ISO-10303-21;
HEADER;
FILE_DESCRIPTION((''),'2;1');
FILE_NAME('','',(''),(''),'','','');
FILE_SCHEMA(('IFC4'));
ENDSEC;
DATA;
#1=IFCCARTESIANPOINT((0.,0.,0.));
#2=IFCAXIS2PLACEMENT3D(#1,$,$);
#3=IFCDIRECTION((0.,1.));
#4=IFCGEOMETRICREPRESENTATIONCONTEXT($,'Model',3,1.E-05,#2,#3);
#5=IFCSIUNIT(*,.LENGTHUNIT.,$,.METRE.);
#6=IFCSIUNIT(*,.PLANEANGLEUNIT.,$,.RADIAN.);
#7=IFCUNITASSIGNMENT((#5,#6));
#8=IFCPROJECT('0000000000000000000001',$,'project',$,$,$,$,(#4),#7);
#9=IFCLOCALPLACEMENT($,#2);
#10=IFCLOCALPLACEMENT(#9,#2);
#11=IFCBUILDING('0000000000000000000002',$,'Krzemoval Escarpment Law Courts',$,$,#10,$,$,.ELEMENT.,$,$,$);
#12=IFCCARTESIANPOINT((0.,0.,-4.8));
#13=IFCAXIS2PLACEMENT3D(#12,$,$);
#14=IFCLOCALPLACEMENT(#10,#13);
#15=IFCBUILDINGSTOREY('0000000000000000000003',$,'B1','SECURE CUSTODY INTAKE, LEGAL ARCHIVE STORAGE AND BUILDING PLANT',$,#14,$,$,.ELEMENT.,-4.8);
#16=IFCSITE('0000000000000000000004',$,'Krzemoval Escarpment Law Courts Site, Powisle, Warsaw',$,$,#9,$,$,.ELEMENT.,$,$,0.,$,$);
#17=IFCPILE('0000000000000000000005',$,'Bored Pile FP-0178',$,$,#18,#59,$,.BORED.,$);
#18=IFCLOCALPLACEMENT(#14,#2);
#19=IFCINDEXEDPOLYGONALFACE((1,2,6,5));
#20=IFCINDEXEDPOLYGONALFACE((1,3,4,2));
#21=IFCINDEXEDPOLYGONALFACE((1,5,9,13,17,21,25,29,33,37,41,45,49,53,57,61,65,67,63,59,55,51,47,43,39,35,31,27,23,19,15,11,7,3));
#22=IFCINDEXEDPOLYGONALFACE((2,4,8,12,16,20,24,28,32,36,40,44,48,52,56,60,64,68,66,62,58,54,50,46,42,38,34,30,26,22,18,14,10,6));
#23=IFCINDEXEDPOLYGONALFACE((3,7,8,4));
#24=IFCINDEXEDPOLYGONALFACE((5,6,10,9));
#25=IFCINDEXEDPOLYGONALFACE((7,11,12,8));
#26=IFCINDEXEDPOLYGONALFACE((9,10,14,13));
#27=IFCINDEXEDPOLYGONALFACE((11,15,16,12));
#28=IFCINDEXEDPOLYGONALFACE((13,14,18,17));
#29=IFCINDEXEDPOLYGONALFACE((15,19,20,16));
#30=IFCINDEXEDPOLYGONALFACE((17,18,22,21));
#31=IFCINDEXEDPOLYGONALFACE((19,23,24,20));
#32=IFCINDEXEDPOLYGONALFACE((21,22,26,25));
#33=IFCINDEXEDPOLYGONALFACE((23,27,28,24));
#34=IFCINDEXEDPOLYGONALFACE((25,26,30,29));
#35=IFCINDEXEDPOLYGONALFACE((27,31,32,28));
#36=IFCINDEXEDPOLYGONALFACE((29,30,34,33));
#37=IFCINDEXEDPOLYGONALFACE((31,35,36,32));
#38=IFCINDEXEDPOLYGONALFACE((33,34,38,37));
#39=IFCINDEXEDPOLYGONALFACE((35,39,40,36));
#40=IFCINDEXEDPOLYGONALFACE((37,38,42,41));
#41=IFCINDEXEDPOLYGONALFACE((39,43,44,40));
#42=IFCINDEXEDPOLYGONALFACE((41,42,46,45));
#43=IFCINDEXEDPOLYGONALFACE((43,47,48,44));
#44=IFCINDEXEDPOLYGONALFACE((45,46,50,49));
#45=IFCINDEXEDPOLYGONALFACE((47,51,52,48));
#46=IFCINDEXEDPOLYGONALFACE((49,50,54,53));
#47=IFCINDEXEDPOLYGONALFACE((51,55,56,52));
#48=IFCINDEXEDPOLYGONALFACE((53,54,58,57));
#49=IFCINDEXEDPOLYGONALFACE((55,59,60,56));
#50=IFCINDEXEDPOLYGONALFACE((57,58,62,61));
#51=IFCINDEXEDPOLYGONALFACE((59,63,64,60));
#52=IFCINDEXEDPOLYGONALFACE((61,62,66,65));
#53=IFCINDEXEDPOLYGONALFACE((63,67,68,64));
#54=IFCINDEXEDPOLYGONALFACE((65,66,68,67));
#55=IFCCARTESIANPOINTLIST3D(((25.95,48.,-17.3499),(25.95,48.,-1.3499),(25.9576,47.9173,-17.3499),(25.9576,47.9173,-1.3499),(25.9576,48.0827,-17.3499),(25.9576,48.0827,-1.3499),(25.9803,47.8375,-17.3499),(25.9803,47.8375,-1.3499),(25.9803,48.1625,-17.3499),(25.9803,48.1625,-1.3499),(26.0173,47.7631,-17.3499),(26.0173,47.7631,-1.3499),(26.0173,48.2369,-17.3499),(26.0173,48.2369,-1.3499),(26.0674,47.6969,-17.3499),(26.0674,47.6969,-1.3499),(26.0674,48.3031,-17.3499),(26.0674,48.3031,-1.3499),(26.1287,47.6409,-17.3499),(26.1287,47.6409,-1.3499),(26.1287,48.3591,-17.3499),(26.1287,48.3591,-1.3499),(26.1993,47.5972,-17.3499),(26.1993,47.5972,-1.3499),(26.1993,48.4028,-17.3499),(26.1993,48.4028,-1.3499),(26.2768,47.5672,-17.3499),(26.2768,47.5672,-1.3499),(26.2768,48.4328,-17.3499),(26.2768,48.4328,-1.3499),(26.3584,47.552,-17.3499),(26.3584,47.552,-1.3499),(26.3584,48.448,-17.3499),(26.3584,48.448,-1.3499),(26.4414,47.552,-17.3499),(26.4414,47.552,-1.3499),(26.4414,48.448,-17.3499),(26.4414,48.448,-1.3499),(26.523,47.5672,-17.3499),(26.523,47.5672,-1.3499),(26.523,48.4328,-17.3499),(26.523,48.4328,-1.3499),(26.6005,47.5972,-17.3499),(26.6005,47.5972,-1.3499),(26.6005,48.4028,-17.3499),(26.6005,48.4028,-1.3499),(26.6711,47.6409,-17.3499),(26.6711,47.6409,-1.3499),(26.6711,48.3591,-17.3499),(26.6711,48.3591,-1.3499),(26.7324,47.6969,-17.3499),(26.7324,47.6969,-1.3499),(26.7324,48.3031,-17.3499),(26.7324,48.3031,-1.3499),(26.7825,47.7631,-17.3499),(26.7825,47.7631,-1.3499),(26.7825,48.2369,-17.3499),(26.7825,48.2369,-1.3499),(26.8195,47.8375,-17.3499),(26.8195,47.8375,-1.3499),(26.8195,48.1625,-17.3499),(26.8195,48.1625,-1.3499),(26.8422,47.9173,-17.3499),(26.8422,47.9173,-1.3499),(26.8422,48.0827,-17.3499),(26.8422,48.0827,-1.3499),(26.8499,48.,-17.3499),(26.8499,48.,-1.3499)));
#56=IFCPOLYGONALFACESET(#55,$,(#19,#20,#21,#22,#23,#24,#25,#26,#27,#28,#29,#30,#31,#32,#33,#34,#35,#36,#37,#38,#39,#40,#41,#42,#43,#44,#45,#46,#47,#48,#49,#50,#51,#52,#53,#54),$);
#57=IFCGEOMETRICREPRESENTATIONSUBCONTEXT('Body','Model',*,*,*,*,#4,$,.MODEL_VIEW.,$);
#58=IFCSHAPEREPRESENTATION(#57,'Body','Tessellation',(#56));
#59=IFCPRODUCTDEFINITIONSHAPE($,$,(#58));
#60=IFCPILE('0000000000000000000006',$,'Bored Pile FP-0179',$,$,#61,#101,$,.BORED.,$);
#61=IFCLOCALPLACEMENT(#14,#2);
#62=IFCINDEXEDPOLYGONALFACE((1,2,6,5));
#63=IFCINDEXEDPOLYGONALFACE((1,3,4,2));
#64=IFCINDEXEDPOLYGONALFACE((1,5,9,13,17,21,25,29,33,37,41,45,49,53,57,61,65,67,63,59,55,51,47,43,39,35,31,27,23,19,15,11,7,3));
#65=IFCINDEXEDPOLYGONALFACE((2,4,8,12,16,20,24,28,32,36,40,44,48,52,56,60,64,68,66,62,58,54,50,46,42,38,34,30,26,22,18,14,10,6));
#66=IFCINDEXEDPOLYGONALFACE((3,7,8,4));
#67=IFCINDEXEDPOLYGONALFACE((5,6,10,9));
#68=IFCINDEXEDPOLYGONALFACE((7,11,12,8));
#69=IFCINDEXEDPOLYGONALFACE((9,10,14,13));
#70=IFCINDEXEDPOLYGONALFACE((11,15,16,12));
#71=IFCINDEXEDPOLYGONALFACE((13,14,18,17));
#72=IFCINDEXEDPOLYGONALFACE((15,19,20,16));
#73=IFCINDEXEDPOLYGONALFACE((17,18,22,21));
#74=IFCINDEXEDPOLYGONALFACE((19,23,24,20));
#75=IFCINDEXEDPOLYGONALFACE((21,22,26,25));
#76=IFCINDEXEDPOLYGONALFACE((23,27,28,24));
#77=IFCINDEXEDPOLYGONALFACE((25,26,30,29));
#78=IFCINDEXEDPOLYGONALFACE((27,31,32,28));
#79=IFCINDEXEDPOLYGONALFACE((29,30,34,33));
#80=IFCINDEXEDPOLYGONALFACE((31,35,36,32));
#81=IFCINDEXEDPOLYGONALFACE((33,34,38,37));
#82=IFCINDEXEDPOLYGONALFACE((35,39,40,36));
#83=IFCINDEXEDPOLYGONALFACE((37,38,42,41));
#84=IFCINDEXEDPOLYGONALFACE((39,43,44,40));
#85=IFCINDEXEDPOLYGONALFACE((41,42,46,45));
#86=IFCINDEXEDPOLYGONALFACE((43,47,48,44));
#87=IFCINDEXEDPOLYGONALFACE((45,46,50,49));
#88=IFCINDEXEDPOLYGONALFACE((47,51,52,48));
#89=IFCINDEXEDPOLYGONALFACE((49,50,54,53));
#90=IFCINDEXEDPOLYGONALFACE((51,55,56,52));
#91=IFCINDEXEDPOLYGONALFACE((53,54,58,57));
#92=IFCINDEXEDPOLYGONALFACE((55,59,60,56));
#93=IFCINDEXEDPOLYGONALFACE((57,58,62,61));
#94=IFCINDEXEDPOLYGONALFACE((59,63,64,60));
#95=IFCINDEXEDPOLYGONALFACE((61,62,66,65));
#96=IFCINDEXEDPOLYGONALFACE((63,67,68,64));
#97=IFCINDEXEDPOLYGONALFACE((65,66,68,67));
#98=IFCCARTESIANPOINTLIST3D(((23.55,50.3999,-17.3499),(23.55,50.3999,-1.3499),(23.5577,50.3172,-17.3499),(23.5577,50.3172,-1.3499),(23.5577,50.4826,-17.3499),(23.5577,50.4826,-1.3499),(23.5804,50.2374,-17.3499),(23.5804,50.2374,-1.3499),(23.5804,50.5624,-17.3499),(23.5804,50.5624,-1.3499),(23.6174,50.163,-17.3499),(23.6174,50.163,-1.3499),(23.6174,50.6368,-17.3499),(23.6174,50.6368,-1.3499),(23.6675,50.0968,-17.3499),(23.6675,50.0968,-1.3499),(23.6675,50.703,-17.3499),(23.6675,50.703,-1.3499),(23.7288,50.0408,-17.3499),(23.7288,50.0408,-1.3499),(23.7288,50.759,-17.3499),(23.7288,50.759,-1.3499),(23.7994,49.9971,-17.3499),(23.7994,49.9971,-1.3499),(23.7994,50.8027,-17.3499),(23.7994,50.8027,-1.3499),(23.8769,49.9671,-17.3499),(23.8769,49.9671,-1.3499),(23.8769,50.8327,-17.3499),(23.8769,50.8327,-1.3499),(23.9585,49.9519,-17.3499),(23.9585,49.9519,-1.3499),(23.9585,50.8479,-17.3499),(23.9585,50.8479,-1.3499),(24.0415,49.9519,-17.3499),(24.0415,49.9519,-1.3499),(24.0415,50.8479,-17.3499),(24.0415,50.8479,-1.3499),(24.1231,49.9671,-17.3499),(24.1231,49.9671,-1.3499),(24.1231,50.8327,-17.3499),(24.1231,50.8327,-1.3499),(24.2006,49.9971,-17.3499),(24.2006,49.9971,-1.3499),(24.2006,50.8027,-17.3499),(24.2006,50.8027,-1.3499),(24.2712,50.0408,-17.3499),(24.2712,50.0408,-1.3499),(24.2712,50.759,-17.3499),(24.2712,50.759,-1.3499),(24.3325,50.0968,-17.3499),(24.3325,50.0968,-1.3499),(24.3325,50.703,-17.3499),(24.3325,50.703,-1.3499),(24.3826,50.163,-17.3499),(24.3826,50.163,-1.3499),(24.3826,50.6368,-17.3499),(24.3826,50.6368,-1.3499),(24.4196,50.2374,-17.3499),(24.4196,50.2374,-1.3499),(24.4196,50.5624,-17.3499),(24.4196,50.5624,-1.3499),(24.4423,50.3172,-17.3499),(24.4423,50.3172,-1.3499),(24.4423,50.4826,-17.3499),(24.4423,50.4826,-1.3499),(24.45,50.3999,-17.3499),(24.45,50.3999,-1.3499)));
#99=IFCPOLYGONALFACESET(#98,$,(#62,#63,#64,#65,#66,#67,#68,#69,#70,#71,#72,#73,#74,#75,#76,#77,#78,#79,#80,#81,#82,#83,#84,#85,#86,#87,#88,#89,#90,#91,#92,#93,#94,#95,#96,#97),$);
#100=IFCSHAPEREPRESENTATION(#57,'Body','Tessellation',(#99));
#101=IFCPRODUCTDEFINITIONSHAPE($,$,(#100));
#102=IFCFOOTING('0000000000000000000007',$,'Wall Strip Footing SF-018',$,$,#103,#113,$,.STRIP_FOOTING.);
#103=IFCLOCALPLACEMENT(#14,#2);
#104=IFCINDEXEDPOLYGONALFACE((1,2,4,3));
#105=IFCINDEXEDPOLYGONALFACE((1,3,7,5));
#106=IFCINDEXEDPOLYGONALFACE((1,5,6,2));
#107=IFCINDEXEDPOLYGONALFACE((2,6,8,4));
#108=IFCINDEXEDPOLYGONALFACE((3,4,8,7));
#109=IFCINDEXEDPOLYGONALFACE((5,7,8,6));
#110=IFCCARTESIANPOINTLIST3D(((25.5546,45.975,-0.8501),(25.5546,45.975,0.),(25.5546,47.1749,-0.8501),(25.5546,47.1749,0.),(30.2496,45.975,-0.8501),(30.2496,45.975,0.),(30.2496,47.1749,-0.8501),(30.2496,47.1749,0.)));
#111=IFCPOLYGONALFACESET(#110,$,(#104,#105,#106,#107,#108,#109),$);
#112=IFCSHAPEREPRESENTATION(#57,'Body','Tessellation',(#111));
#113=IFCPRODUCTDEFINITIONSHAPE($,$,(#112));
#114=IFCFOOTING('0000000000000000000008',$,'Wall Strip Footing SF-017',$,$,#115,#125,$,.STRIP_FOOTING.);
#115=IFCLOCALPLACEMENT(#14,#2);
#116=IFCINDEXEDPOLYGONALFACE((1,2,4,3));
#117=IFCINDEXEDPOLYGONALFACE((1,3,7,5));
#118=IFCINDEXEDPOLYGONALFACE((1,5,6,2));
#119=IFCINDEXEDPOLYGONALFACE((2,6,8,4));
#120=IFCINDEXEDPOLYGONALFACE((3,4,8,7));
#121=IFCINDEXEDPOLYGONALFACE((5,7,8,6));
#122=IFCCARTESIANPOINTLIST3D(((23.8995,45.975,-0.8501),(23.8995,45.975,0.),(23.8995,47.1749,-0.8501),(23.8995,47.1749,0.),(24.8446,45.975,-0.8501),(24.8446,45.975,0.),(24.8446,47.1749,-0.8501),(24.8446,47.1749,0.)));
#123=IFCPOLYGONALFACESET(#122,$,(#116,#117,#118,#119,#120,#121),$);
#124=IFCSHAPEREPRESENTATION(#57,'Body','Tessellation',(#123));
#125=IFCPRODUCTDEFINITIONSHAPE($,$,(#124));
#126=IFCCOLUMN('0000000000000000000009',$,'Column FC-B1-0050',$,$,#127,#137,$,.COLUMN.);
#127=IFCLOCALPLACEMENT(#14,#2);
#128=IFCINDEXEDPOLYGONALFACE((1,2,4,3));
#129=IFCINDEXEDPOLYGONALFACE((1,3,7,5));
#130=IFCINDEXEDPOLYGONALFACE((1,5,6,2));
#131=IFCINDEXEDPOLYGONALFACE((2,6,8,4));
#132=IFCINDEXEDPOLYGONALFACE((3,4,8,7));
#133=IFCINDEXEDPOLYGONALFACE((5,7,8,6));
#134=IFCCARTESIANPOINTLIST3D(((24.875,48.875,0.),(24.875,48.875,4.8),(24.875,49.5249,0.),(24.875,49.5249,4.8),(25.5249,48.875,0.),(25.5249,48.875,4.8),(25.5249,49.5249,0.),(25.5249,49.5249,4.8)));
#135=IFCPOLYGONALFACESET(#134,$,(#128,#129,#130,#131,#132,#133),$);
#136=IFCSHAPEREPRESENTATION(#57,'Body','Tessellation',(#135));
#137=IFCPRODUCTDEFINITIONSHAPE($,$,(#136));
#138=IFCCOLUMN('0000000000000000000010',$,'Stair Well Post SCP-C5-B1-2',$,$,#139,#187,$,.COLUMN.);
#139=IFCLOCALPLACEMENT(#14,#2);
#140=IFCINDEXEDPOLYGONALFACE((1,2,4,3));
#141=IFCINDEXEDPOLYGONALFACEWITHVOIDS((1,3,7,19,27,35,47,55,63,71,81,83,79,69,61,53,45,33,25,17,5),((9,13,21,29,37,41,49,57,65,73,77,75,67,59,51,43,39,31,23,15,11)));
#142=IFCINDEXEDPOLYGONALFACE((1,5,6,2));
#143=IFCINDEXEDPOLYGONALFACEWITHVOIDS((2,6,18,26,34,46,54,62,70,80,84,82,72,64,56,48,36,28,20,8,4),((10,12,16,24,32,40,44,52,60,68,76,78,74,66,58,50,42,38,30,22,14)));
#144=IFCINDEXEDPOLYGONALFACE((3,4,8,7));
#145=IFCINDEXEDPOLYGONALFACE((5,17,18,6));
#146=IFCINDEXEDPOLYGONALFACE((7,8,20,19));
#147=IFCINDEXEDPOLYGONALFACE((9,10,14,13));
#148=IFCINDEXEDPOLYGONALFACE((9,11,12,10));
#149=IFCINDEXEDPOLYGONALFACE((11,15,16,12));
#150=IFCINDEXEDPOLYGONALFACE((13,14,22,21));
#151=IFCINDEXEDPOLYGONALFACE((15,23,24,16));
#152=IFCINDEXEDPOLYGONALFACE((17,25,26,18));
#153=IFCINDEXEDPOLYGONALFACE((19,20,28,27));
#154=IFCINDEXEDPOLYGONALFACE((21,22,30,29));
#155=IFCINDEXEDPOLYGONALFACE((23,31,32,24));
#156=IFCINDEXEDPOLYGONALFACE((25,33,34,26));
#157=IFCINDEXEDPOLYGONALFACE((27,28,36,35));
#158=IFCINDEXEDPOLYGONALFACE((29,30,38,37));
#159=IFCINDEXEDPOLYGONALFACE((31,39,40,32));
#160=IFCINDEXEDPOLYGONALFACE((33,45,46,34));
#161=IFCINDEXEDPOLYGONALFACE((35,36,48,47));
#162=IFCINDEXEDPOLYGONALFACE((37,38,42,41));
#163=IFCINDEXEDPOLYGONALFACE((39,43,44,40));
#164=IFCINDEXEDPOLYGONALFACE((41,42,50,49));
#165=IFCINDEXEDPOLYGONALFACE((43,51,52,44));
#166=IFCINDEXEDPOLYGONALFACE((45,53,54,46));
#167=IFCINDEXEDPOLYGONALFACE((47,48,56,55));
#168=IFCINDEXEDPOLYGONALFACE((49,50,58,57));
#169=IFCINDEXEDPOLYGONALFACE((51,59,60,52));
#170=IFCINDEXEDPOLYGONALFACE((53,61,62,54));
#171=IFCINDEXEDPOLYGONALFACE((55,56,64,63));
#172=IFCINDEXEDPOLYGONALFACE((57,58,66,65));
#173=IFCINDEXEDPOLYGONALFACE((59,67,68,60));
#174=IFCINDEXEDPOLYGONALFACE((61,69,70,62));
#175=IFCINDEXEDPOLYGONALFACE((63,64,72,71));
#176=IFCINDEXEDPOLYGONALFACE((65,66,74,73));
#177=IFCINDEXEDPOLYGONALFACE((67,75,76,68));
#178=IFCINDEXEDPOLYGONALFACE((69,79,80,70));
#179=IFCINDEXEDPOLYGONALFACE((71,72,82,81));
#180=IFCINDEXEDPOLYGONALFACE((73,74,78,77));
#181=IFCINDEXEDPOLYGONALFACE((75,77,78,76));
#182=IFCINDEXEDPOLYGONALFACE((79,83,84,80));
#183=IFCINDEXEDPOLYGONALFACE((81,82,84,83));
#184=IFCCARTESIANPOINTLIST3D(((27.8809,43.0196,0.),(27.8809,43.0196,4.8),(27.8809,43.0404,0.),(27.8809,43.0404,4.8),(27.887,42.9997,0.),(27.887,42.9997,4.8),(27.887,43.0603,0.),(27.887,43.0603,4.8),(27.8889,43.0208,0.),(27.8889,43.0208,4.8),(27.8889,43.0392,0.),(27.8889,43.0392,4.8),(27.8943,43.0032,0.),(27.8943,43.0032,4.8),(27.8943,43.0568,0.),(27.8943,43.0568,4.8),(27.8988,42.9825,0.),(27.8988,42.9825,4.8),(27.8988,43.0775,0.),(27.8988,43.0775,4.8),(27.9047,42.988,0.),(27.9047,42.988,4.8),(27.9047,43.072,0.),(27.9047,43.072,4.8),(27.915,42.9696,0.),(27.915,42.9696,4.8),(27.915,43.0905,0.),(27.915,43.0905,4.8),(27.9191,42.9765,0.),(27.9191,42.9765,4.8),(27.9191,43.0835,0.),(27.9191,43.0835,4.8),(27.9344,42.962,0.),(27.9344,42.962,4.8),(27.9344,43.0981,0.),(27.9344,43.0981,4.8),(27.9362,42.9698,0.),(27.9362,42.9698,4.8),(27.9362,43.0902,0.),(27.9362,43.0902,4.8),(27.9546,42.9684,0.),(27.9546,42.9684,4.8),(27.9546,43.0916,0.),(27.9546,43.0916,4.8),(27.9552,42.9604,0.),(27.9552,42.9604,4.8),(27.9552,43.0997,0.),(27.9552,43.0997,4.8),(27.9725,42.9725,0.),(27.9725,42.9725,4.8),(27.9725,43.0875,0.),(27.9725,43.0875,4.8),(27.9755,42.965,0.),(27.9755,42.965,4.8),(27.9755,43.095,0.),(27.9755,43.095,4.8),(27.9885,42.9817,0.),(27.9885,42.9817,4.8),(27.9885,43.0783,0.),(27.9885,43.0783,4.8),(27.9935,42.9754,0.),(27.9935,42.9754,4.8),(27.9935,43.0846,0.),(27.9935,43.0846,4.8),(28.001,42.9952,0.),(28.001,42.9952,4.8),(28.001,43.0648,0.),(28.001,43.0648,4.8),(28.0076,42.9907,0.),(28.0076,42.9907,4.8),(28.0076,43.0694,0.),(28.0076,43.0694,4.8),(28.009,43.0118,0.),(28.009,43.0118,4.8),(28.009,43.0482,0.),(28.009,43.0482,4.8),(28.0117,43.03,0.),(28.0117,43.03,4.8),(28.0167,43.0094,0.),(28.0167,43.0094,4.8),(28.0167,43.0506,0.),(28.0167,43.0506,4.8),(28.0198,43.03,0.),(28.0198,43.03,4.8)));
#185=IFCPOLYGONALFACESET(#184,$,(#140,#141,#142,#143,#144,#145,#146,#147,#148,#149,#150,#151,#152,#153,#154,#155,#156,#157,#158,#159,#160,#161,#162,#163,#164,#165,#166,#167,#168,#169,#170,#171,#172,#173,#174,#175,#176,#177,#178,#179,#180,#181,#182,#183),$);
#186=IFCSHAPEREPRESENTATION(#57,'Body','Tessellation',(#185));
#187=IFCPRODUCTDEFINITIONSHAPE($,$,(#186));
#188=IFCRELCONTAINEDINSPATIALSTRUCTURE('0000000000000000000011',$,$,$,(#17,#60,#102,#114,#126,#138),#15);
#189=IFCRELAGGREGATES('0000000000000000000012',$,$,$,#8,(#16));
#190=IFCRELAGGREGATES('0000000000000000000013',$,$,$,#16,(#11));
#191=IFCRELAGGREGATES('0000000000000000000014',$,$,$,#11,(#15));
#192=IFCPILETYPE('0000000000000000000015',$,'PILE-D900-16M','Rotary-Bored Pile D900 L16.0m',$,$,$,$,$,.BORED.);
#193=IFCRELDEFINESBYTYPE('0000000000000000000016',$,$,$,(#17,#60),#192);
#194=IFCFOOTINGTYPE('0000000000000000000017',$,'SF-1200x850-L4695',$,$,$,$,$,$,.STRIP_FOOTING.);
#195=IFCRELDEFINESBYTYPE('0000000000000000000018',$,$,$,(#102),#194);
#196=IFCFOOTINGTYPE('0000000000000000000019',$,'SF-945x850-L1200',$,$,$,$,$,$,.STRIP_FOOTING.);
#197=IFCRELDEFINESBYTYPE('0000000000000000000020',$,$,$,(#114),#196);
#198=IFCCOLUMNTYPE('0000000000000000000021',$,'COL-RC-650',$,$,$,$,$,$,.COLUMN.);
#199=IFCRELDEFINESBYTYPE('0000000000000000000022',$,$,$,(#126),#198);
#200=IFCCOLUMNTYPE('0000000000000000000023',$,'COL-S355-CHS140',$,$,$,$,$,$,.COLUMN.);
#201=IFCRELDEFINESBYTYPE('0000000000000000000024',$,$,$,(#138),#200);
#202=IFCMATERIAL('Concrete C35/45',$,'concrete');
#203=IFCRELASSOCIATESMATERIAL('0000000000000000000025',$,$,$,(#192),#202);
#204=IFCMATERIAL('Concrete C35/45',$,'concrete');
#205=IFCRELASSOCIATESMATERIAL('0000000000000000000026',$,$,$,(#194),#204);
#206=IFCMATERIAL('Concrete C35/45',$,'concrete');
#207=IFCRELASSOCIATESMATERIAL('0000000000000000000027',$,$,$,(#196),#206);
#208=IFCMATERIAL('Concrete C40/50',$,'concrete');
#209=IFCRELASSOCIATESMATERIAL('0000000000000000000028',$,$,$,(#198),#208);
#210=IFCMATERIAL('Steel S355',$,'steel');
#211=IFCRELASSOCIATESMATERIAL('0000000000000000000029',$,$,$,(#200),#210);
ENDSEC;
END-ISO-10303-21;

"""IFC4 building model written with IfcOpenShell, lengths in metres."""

from ifc_helpers import new_model, si_unit, direction, frame, origin, origin_2d, place, context, subcontext, project, spatial, rectangle, circle, hollow_circle, extrude, material, material_profile, profile_set, type_object, element, save


model = new_model("IFC4")

# Units and contexts
model_context = context("Model", 3, precision=1e-05, world=origin(), true_north=direction((0.0, 1.0)))
body_context = subcontext(model_context, "Body", "Model", "MODEL_VIEW")
ifc_project = project(units=[si_unit("LENGTHUNIT", "METRE"), si_unit("PLANEANGLEUNIT", "RADIAN")], contexts=[model_context])

# Site, building, storey
site_placement = place(None, origin())
site = spatial("IfcSite", under=ifc_project, at=site_placement, Name="Krzemoval Escarpment Law Courts Site, Powisle, Warsaw", CompositionType="ELEMENT", RefElevation=0.0)
building_placement = place(site_placement, origin())
building = spatial("IfcBuilding", under=site, at=building_placement, Name="Krzemoval Escarpment Law Courts", CompositionType="ELEMENT")
storey_placement = place(building_placement, frame((0.0, 0.0, -4.8)))
storey = spatial("IfcBuildingStorey", under=building, at=storey_placement, Name="B1", Description="SECURE CUSTODY INTAKE, LEGAL ARCHIVE STORAGE AND BUILDING PLANT", CompositionType="ELEMENT", Elevation=-4.8)

# Piles
ifc_material_1 = material(Name="Concrete C35/45", Category="concrete")
ifc_material_profile_1 = material_profile(ifc_material_1, circle(Radius=0.45, at=origin_2d()), Name="PILE D900")
ifc_profile_set_1 = profile_set([ifc_material_profile_1], Name="Concrete C35/45")
pile_type = type_object("IfcPileType", Name="PILE-D900-16M", Description="Rotary-Bored Pile D900 L16.0m", PredefinedType="BORED", material=ifc_profile_set_1)
for number, where, z_axis, x_axis, name in (
    (1, (26.3999, 48.0, -1.3499), (0.0, 0.0, -1.0), (1.0, 0.0, 0.0), "Bored Pile FP-0178"),
    (2, (24.0, 50.3999, -1.3499), (0.0, 0.0, -1.0), (1.0, 0.0, 0.0), "Bored Pile FP-0179"),
):
    element("IfcPile", number, at=place(storey_placement, frame(where, z_axis=z_axis, x_axis=x_axis)), inside=storey, type_object=pile_type, Name=name, PredefinedType="BORED", context=body_context, shape_type="SweptSolid", body=[
        extrude(circle(Radius=0.45, at=origin_2d()), origin(), (0.0, 0.0, 1.0), 16.0),
    ])

# Footings
ifc_material_2 = material(Name="Concrete C35/45", Category="concrete")
footing_type_1 = type_object("IfcFootingType", Name="SF-1200x850-L4695", PredefinedType="STRIP_FOOTING", material=ifc_material_2)
footing_1_placement = place(storey_placement, frame((27.9021, 46.575, -0.8501), z_axis=(0.0, 0.0, 1.0), x_axis=(1.0, 0.0, 0.0)))
element("IfcFooting", 3, at=footing_1_placement, inside=storey, type_object=footing_type_1, Name="Wall Strip Footing SF-018", PredefinedType="STRIP_FOOTING", context=body_context, shape_type="SweptSolid", body=[
    extrude(rectangle(XDim=4.6951, YDim=1.2, at=origin_2d()), origin(), (0.0, 0.0, 1.0), 0.8501),
])
ifc_material_3 = material(Name="Concrete C35/45", Category="concrete")
footing_type_2 = type_object("IfcFootingType", Name="SF-945x850-L1200", PredefinedType="STRIP_FOOTING", material=ifc_material_3)
footing_2_placement = place(storey_placement, frame((24.3721, 46.575, -0.8501), z_axis=(0.0, 0.0, 1.0), x_axis=(0.0, 1.0, 0.0)))
element("IfcFooting", 4, at=footing_2_placement, inside=storey, type_object=footing_type_2, Name="Wall Strip Footing SF-017", PredefinedType="STRIP_FOOTING", context=body_context, shape_type="SweptSolid", body=[
    extrude(rectangle(XDim=1.2, YDim=0.9451, at=origin_2d()), origin(), (0.0, 0.0, 1.0), 0.8501),
])

# Columns
ifc_material_4 = material(Name="Concrete C40/50", Category="concrete")
ifc_material_profile_2 = material_profile(ifc_material_4, rectangle(XDim=0.6499, YDim=0.6499, at=origin_2d()), Name="RC 650x650")
ifc_profile_set_2 = profile_set([ifc_material_profile_2], Name="Concrete C40/50")
column_type_1 = type_object("IfcColumnType", Name="COL-RC-650", PredefinedType="COLUMN", material=ifc_profile_set_2)
column_1_placement = place(storey_placement, frame((25.2, 49.2, 0.0), z_axis=(0.0, 0.0, 1.0), x_axis=(1.0, 0.0, 0.0)))
element("IfcColumn", 5, at=column_1_placement, inside=storey, type_object=column_type_1, Name="Column FC-B1-0050", PredefinedType="COLUMN", context=body_context, shape_type="SweptSolid", body=[
    extrude(rectangle(XDim=0.6499, YDim=0.6499, at=origin_2d()), origin(), (0.0, 0.0, 1.0), 4.8),
])
ifc_material_5 = material(Name="Steel S355", Category="steel")
ifc_material_profile_3 = material_profile(ifc_material_5, hollow_circle(Radius=0.0698, WallThickness=0.0081, at=origin_2d()), Name="CHS 139.7x8")
ifc_profile_set_3 = profile_set([ifc_material_profile_3], Name="Steel S355")
column_type_2 = type_object("IfcColumnType", Name="COL-S355-CHS140", PredefinedType="COLUMN", material=ifc_profile_set_3)
column_2_placement = place(storey_placement, frame((27.95, 43.03, 0.0), z_axis=(0.0, 0.0, 1.0), x_axis=(1.0, 0.0, 0.0)))
element("IfcColumn", 6, at=column_2_placement, inside=storey, type_object=column_type_2, Name="Stair Well Post SCP-C5-B1-2", PredefinedType="COLUMN", context=body_context, shape_type="SweptSolid", body=[
    extrude(hollow_circle(Radius=0.0698, WallThickness=0.0081, at=origin_2d()), origin(), (0.0, 0.0, 1.0), 4.8),
])

save(model, "model.ifc")
